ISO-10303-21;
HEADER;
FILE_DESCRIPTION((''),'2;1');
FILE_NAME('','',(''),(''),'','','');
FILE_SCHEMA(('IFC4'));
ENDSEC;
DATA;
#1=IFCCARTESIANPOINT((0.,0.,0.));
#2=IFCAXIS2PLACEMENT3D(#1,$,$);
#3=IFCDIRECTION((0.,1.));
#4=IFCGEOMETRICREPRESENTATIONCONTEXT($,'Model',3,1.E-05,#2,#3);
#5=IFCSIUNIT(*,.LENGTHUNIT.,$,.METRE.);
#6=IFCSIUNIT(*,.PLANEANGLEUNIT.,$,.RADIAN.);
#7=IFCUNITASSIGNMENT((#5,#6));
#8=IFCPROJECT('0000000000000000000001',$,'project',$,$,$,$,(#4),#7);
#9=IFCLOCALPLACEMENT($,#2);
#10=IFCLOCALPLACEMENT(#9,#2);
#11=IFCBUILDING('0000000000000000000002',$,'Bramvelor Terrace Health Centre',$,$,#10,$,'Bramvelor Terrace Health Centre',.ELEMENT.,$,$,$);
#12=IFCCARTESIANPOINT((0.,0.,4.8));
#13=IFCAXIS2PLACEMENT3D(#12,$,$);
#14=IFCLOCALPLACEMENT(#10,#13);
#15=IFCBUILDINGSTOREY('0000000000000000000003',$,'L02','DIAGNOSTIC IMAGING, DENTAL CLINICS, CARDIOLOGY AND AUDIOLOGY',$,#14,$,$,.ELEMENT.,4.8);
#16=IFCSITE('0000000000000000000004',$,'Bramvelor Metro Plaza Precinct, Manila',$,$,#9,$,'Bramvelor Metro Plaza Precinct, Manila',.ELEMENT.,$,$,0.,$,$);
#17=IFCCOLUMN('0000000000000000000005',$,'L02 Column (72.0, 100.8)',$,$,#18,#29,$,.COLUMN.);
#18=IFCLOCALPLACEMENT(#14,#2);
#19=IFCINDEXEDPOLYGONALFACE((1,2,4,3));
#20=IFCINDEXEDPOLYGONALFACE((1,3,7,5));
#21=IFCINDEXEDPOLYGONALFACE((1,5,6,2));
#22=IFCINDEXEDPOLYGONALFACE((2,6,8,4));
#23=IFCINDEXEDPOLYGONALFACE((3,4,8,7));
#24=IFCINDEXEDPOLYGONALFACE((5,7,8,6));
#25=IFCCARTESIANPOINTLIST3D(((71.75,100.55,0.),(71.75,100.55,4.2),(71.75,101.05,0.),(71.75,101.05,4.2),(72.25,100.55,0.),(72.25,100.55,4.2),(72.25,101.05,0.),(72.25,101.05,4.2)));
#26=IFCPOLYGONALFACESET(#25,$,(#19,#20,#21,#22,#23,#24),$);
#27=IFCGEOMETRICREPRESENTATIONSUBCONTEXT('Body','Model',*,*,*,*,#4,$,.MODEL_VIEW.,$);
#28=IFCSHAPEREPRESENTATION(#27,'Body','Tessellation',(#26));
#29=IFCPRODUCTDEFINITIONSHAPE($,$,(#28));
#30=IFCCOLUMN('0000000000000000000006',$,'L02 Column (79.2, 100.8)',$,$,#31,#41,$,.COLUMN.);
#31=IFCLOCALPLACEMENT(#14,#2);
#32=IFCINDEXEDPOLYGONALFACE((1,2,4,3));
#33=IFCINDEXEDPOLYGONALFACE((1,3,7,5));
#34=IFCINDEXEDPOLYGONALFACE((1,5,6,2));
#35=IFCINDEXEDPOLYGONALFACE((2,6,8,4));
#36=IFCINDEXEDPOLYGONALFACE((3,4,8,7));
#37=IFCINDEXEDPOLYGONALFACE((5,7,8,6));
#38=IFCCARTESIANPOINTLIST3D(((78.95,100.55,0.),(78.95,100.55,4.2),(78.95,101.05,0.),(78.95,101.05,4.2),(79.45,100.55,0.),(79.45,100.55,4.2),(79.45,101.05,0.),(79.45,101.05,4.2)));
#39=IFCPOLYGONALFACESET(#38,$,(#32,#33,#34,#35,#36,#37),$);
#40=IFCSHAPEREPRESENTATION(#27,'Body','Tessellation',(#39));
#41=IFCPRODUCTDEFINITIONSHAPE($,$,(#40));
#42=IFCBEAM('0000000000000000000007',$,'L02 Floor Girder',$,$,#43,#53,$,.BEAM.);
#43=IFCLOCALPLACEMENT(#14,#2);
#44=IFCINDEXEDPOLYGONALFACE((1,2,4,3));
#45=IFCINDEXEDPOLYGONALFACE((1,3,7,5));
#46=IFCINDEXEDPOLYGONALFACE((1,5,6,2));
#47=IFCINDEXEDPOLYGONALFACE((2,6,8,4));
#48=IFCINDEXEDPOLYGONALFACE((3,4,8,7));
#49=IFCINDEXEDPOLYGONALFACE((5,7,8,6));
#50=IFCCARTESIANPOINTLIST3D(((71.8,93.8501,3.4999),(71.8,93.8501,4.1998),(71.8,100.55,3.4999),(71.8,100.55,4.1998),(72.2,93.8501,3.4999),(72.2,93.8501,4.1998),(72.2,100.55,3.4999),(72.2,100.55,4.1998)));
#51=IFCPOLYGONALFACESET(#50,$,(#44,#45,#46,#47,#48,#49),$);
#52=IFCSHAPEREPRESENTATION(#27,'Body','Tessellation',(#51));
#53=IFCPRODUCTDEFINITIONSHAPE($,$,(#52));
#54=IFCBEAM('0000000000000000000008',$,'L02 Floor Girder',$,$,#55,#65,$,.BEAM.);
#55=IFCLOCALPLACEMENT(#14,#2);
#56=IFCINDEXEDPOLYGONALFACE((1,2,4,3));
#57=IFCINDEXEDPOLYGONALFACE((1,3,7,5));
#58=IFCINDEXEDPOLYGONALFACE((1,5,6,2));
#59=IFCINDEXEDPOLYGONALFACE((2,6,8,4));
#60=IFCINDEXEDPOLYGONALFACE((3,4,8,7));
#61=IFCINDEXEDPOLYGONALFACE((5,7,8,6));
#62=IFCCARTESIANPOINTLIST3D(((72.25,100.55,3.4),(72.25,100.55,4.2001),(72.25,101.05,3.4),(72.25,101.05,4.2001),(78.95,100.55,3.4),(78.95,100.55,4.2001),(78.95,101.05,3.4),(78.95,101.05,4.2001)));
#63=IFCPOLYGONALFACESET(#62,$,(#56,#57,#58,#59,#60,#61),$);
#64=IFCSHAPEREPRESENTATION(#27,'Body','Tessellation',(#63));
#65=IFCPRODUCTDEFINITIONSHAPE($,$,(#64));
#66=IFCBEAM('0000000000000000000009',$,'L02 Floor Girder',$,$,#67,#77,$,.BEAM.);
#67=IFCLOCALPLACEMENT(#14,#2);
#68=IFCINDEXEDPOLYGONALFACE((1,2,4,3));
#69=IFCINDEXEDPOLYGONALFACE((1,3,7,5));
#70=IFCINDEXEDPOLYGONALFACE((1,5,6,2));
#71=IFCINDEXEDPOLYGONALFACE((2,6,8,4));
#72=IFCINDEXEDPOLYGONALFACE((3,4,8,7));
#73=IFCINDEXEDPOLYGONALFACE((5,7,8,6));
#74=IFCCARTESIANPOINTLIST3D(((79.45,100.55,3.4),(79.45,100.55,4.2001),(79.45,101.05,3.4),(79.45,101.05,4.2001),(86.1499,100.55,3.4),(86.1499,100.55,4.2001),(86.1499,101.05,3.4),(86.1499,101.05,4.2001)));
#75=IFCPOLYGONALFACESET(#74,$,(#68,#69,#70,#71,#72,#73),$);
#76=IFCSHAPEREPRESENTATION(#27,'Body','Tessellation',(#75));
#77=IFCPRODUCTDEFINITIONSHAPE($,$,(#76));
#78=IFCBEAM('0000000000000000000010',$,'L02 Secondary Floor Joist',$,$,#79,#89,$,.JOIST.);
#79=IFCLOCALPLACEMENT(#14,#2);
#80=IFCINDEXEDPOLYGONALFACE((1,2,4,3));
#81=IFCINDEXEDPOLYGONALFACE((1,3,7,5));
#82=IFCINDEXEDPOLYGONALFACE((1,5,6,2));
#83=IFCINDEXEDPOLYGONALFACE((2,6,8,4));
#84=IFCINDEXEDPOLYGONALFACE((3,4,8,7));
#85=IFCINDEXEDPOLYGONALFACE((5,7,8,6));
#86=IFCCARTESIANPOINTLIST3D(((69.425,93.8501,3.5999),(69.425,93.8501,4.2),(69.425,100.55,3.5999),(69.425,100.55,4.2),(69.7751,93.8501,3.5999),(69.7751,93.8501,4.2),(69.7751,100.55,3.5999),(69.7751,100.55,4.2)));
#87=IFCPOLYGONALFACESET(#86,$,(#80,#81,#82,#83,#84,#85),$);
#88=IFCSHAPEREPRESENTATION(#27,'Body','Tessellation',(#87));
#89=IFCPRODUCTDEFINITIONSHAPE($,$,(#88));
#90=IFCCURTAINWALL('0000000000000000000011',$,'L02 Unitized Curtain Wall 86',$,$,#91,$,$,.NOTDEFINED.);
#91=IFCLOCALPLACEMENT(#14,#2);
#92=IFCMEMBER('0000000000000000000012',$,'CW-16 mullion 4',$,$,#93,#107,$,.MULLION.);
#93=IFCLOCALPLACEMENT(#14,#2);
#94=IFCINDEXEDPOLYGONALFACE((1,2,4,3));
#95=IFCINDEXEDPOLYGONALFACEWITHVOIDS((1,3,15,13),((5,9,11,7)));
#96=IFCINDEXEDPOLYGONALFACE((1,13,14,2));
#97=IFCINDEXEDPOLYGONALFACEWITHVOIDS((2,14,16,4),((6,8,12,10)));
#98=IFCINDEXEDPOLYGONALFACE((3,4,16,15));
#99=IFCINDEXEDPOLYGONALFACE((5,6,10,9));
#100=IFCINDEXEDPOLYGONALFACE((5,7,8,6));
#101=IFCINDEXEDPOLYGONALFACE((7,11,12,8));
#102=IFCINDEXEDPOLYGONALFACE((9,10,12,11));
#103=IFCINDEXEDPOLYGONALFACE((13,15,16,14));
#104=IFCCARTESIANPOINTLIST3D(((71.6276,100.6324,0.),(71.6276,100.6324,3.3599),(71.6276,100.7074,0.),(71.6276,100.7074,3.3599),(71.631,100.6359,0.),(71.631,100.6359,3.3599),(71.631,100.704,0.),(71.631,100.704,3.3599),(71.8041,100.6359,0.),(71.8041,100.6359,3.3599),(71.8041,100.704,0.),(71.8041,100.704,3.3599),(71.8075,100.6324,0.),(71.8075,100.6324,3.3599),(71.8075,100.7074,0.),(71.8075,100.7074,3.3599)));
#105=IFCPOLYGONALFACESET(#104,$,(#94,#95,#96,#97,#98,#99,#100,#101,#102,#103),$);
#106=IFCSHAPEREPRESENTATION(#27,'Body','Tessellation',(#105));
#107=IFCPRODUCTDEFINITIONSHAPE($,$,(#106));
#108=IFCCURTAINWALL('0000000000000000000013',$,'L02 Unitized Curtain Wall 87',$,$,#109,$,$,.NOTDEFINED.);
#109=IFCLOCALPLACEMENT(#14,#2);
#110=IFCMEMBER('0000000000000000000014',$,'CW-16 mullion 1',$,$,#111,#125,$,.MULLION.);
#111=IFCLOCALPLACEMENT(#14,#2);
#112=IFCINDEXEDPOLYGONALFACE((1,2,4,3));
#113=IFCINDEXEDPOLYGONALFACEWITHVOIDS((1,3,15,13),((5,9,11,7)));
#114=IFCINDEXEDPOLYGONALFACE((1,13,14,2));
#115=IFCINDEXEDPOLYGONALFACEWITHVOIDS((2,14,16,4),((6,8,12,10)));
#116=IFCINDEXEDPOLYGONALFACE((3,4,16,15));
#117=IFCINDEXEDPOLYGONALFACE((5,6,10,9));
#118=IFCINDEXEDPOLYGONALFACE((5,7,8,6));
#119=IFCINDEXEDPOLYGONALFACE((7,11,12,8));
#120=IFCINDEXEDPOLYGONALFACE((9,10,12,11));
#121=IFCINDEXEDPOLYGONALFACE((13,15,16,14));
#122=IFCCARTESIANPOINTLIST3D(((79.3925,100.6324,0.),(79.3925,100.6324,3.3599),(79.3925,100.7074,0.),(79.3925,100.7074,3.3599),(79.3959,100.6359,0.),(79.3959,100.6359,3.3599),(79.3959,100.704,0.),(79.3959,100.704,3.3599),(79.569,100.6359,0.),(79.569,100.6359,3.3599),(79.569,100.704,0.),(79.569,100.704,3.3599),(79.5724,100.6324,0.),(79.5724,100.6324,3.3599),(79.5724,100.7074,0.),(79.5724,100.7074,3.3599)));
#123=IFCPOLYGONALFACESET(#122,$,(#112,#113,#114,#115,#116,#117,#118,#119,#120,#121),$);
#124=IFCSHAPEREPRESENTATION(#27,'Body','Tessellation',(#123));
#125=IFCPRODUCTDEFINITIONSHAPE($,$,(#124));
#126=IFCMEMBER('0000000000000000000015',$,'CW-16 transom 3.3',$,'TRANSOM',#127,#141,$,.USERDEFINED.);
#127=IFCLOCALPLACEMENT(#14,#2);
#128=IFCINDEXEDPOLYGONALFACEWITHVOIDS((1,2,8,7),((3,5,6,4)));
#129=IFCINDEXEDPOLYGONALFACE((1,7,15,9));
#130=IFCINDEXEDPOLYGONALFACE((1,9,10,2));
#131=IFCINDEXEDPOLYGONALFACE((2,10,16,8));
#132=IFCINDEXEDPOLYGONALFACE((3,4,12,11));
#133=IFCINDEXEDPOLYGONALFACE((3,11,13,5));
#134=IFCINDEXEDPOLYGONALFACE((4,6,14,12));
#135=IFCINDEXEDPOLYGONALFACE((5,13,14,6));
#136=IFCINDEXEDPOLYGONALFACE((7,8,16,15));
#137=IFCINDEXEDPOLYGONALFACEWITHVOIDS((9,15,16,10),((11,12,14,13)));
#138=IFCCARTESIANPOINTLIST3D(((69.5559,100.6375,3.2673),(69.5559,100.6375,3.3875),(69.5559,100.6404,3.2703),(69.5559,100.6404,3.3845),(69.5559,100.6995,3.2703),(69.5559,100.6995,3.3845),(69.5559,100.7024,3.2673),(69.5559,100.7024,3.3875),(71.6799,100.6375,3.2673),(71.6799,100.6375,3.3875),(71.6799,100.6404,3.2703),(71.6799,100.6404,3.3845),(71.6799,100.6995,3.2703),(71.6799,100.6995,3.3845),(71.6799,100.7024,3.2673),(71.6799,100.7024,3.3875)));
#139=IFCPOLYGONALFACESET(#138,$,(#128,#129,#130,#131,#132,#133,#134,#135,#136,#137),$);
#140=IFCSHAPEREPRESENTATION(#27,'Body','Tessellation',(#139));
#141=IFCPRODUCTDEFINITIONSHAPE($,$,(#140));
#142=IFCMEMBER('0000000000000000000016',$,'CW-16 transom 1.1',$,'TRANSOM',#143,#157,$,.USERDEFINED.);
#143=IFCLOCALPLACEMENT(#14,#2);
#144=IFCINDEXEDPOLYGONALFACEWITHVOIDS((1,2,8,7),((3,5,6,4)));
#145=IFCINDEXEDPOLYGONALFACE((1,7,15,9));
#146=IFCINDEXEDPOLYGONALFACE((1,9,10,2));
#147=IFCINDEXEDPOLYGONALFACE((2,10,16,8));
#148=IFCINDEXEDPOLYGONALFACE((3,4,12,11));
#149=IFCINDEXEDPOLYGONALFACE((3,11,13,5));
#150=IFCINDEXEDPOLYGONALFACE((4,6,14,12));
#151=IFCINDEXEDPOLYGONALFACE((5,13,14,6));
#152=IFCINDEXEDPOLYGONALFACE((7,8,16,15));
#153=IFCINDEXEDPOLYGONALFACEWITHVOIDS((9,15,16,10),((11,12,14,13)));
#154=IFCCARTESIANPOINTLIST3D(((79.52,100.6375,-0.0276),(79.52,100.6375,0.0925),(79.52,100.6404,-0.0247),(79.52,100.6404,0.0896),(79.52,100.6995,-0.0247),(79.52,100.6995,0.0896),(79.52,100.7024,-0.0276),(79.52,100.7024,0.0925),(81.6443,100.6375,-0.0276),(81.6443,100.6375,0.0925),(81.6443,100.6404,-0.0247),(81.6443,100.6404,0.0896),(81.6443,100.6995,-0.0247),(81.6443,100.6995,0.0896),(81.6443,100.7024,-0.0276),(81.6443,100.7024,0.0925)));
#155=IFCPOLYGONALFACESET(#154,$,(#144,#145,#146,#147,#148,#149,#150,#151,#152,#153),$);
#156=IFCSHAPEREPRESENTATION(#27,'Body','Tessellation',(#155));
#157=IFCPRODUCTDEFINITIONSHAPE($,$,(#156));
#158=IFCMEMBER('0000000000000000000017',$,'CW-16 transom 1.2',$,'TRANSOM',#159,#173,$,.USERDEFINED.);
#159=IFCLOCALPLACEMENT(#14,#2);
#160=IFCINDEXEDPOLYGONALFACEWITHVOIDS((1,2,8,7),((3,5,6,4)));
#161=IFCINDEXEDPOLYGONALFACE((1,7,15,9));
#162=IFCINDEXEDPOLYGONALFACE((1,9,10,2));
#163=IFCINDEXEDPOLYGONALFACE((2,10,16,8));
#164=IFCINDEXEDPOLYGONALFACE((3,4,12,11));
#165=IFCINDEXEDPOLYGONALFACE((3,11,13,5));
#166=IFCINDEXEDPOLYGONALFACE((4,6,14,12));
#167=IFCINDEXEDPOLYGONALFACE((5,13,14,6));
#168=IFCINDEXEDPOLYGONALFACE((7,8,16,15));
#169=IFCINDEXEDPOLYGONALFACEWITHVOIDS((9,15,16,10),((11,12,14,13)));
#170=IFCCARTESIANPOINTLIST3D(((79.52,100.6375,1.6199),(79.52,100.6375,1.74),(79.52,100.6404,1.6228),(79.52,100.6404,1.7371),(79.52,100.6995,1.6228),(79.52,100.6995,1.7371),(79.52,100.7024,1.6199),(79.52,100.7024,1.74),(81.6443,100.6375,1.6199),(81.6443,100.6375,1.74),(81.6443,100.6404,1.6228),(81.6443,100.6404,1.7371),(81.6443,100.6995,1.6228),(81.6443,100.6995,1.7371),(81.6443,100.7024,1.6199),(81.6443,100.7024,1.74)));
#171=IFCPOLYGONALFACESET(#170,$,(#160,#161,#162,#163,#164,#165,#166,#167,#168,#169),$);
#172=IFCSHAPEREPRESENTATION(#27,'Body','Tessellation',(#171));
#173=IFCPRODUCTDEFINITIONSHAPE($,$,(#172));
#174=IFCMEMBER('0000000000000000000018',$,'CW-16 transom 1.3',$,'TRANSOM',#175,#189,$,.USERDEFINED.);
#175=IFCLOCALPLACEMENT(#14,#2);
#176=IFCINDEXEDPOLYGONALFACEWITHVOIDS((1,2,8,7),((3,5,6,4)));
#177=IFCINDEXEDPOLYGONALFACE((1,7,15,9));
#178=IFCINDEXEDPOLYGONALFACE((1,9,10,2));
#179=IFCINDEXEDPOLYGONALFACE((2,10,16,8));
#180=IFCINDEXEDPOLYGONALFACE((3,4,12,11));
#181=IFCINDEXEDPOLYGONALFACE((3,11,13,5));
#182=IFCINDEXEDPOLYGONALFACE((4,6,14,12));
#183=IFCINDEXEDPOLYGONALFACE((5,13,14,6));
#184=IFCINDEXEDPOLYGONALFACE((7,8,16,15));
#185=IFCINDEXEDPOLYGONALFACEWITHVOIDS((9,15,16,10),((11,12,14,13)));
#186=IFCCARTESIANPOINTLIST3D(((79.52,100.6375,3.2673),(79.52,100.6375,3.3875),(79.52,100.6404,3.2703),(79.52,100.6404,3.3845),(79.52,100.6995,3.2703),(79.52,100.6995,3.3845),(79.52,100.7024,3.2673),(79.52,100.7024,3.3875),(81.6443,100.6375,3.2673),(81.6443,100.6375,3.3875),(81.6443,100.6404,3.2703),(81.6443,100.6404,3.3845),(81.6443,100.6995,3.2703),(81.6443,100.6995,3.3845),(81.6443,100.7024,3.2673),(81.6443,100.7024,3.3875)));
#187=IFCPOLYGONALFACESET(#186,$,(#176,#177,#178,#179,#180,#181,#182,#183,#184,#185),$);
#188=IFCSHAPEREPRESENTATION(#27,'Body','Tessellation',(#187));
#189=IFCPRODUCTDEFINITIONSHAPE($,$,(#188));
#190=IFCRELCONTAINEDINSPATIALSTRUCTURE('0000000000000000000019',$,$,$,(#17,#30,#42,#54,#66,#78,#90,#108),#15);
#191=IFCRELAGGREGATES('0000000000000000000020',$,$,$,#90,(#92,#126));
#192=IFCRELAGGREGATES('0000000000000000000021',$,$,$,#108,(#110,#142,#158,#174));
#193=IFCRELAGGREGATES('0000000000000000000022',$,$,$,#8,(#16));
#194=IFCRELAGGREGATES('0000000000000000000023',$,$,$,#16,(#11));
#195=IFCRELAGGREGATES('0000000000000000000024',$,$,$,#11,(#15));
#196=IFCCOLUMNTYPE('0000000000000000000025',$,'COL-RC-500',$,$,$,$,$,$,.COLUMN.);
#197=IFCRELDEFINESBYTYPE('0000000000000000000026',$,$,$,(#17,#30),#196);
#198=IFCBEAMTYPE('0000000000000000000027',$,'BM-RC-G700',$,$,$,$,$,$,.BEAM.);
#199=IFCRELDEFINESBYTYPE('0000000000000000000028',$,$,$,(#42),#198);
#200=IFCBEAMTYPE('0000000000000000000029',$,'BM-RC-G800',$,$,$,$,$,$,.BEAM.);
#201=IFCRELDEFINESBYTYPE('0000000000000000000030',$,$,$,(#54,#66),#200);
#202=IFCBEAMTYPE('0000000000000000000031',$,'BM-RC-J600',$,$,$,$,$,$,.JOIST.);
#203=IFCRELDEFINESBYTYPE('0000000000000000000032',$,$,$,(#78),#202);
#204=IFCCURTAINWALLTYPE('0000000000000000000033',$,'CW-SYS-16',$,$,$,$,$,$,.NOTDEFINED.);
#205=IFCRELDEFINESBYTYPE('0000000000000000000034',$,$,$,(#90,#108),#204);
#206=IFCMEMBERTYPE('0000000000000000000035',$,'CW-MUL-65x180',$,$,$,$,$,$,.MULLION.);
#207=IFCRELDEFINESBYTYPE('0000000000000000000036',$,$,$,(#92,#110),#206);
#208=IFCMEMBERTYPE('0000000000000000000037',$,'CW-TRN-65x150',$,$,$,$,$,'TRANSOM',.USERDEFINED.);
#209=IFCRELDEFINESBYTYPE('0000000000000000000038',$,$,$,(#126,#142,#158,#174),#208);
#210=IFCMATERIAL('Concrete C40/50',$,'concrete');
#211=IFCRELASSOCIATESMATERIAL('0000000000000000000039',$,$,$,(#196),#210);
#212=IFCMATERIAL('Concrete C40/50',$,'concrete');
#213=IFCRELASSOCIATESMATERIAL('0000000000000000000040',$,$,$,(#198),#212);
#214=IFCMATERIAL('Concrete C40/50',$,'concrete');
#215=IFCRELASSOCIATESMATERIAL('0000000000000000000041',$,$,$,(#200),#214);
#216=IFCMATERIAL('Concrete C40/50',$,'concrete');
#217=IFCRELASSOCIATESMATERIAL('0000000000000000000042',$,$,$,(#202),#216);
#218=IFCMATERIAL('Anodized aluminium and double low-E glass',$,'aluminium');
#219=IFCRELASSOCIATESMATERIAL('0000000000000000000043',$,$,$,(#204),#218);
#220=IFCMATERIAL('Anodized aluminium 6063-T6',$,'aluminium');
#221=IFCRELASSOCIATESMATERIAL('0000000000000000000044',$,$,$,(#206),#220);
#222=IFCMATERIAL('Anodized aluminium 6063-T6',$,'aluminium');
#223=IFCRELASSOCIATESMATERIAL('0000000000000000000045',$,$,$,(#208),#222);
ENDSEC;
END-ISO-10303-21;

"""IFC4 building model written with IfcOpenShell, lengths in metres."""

from ifc_helpers import new_model, si_unit, direction, frame, origin, origin_2d, place, context, subcontext, project, spatial, rectangle, hollow_rectangle, extrude, material, material_profile, profile_set, type_object, element, aggregate, save


model = new_model("IFC4")

# Units and contexts
model_context = context("Model", 3, precision=1e-05, world=origin(), true_north=direction((0.0, 1.0)))
body_context = subcontext(model_context, "Body", "Model", "MODEL_VIEW")
ifc_project = project(units=[si_unit("LENGTHUNIT", "METRE"), si_unit("PLANEANGLEUNIT", "RADIAN")], contexts=[model_context])

# Site, building, storey
site_placement = place(None, origin())
site = spatial("IfcSite", under=ifc_project, at=site_placement, Name="Bramvelor Metro Plaza Precinct, Manila", LongName="Bramvelor Metro Plaza Precinct, Manila", CompositionType="ELEMENT", RefElevation=0.0)
building_placement = place(site_placement, origin())
building = spatial("IfcBuilding", under=site, at=building_placement, Name="Bramvelor Terrace Health Centre", LongName="Bramvelor Terrace Health Centre", CompositionType="ELEMENT")
storey_placement = place(building_placement, frame((0.0, 0.0, 4.8)))
storey = spatial("IfcBuildingStorey", under=building, at=storey_placement, Name="L02", Description="DIAGNOSTIC IMAGING, DENTAL CLINICS, CARDIOLOGY AND AUDIOLOGY", CompositionType="ELEMENT", Elevation=4.8)

# Columns
ifc_material_1 = material(Name="Concrete C40/50", Category="concrete")
ifc_material_profile_1 = material_profile(ifc_material_1, rectangle(XDim=0.5, YDim=0.5, at=origin_2d()), Name="RC 500x500")
ifc_profile_set_1 = profile_set([ifc_material_profile_1], Name="Concrete C40/50")
column_type = type_object("IfcColumnType", Name="COL-RC-500", PredefinedType="COLUMN", material=ifc_profile_set_1)
for number, where, z_axis, x_axis, name in (
    (1, (72.0, 100.8, 0.0), (0.0, 0.0, 1.0), (1.0, 0.0, 0.0), "L02 Column (72.0, 100.8)"),
    (2, (79.2, 100.8, 0.0), (0.0, 0.0, 1.0), (1.0, 0.0, 0.0), "L02 Column (79.2, 100.8)"),
):
    element("IfcColumn", number, at=place(storey_placement, frame(where, z_axis=z_axis, x_axis=x_axis)), inside=storey, type_object=column_type, Name=name, PredefinedType="COLUMN", context=body_context, shape_type="SweptSolid", body=[
        extrude(rectangle(XDim=0.5, YDim=0.5, at=origin_2d()), origin(), (0.0, 0.0, 1.0), 4.2),
    ])

# Beams
ifc_material_2 = material(Name="Concrete C40/50", Category="concrete")
ifc_material_profile_2 = material_profile(ifc_material_2, rectangle(XDim=0.3999, YDim=0.7, at=origin_2d()), Name="RC 400x700")
ifc_profile_set_2 = profile_set([ifc_material_profile_2], Name="Concrete C40/50")
beam_type_1 = type_object("IfcBeamType", Name="BM-RC-G700", PredefinedType="BEAM", material=ifc_profile_set_2)
beam_1_placement = place(storey_placement, frame((72.0, 93.8501, 3.8499), z_axis=(0.0, 1.0, 0.0), x_axis=(-1.0, 0.0, 0.0)))
element("IfcBeam", 3, at=beam_1_placement, inside=storey, type_object=beam_type_1, Name="L02 Floor Girder", PredefinedType="BEAM", context=body_context, shape_type="SweptSolid", body=[
    extrude(rectangle(XDim=0.3999, YDim=0.7, at=origin_2d()), origin(), (0.0, 0.0, 1.0), 6.7),
])
ifc_material_3 = material(Name="Concrete C40/50", Category="concrete")
ifc_material_profile_3 = material_profile(ifc_material_3, rectangle(XDim=0.5, YDim=0.8, at=origin_2d()), Name="RC 500x800")
ifc_profile_set_3 = profile_set([ifc_material_profile_3], Name="Concrete C40/50")
beam_type_2 = type_object("IfcBeamType", Name="BM-RC-G800", PredefinedType="BEAM", material=ifc_profile_set_3)
for number, where, z_axis, x_axis, name in (
    (4, (72.25, 100.8, 3.8), (1.0, 0.0, 0.0), (0.0, 1.0, 0.0), "L02 Floor Girder"),
    (5, (79.45, 100.8, 3.8), (1.0, 0.0, 0.0), (0.0, 1.0, 0.0), "L02 Floor Girder"),
):
    element("IfcBeam", number, at=place(storey_placement, frame(where, z_axis=z_axis, x_axis=x_axis)), inside=storey, type_object=beam_type_2, Name=name, PredefinedType="BEAM", context=body_context, shape_type="SweptSolid", body=[
        extrude(rectangle(XDim=0.5, YDim=0.8, at=origin_2d()), origin(), (0.0, 0.0, 1.0), 6.7),
    ])
ifc_material_4 = material(Name="Concrete C40/50", Category="concrete")
ifc_material_profile_4 = material_profile(ifc_material_4, rectangle(XDim=0.3501, YDim=0.6001, at=origin_2d()), Name="RC 350x600")
ifc_profile_set_4 = profile_set([ifc_material_profile_4], Name="Concrete C40/50")
beam_type_3 = type_object("IfcBeamType", Name="BM-RC-J600", PredefinedType="JOIST", material=ifc_profile_set_4)
beam_2_placement = place(storey_placement, frame((69.6001, 93.8501, 3.8999), z_axis=(0.0, 1.0, 0.0), x_axis=(-1.0, 0.0, 0.0)))
element("IfcBeam", 6, at=beam_2_placement, inside=storey, type_object=beam_type_3, Name="L02 Secondary Floor Joist", PredefinedType="JOIST", context=body_context, shape_type="SweptSolid", body=[
    extrude(rectangle(XDim=0.3501, YDim=0.6001, at=origin_2d()), origin(), (0.0, 0.0, 1.0), 6.7),
])

# Curtain walls, members
ifc_material_5 = material(Name="Anodized aluminium and double low-E glass", Category="aluminium")
curtain_wall_type = type_object("IfcCurtainWallType", Name="CW-SYS-16", PredefinedType="NOTDEFINED", material=ifc_material_5)
curtain_wall_1_placement = place(storey_placement, origin())
curtain_wall_1 = element("IfcCurtainWall", 7, at=curtain_wall_1_placement, inside=storey, type_object=curtain_wall_type, Name="L02 Unitized Curtain Wall 86", PredefinedType="NOTDEFINED")
ifc_material_6 = material(Name="Anodized aluminium 6063-T6", Category="aluminium")
ifc_material_profile_5 = material_profile(ifc_material_6, hollow_rectangle(XDim=0.075, YDim=0.1799, WallThickness=0.0034, at=origin_2d()), Name="ALU-MUL 75x180x3.5")
ifc_profile_set_5 = profile_set([ifc_material_profile_5], Name="Anodized aluminium 6063-T6")
member_type_1 = type_object("IfcMemberType", Name="CW-MUL-65x180", PredefinedType="MULLION", material=ifc_profile_set_5)
member_1_placement = place(storey_placement, frame((71.7175, 100.6699, 0.0), z_axis=(0.0, 0.0, 1.0), x_axis=(0.0, 1.0, 0.0)))
member_1 = element("IfcMember", 8, at=member_1_placement, type_object=member_type_1, Name="CW-16 mullion 4", PredefinedType="MULLION", context=body_context, shape_type="SweptSolid", body=[
    extrude(hollow_rectangle(XDim=0.075, YDim=0.1799, WallThickness=0.0034, at=origin_2d()), origin(), (0.0, 0.0, 1.0), 3.3599),
])
curtain_wall_2_placement = place(storey_placement, origin())
curtain_wall_2 = element("IfcCurtainWall", 9, at=curtain_wall_2_placement, inside=storey, type_object=curtain_wall_type, Name="L02 Unitized Curtain Wall 87", PredefinedType="NOTDEFINED")
member_2_placement = place(storey_placement, frame((79.4824, 100.6699, 0.0), z_axis=(0.0, 0.0, 1.0), x_axis=(0.0, 1.0, 0.0)))
member_2 = element("IfcMember", 10, at=member_2_placement, type_object=member_type_1, Name="CW-16 mullion 1", PredefinedType="MULLION", context=body_context, shape_type="SweptSolid", body=[
    extrude(hollow_rectangle(XDim=0.075, YDim=0.1799, WallThickness=0.0034, at=origin_2d()), origin(), (0.0, 0.0, 1.0), 3.3599),
])

# Members
ifc_material_7 = material(Name="Anodized aluminium 6063-T6", Category="aluminium")
ifc_material_profile_6 = material_profile(ifc_material_7, hollow_rectangle(XDim=0.0649, YDim=0.1201, WallThickness=0.0029, at=origin_2d()), Name="ALU-TRN 65x120x3.0")
ifc_profile_set_6 = profile_set([ifc_material_profile_6], Name="Anodized aluminium 6063-T6")
member_type_2 = type_object("IfcMemberType", Name="CW-TRN-65x150", ElementType="TRANSOM", PredefinedType="USERDEFINED", material=ifc_profile_set_6)
member_3_placement = place(storey_placement, frame((69.5559, 100.6699, 3.3274), z_axis=(1.0, 0.0, 0.0), x_axis=(0.0, 1.0, 0.0)))
member_3 = element("IfcMember", 11, at=member_3_placement, type_object=member_type_2, Name="CW-16 transom 3.3", ObjectType="TRANSOM", PredefinedType="USERDEFINED", context=body_context, shape_type="SweptSolid", body=[
    extrude(hollow_rectangle(XDim=0.0649, YDim=0.1201, WallThickness=0.0029, at=origin_2d()), origin(), (0.0, 0.0, 1.0), 2.124),
])
member_4_placement = place(storey_placement, frame((79.52, 100.6699, 0.0325), z_axis=(1.0, 0.0, 0.0), x_axis=(0.0, 1.0, 0.0)))
member_4 = element("IfcMember", 12, at=member_4_placement, type_object=member_type_2, Name="CW-16 transom 1.1", ObjectType="TRANSOM", PredefinedType="USERDEFINED", context=body_context, shape_type="SweptSolid", body=[
    extrude(hollow_rectangle(XDim=0.0649, YDim=0.1201, WallThickness=0.0029, at=origin_2d()), origin(), (0.0, 0.0, 1.0), 2.1243),
])
member_5_placement = place(storey_placement, frame((79.52, 100.6699, 1.6799), z_axis=(1.0, 0.0, 0.0), x_axis=(0.0, 1.0, 0.0)))
member_5 = element("IfcMember", 13, at=member_5_placement, type_object=member_type_2, Name="CW-16 transom 1.2", ObjectType="TRANSOM", PredefinedType="USERDEFINED", context=body_context, shape_type="SweptSolid", body=[
    extrude(hollow_rectangle(XDim=0.0649, YDim=0.1201, WallThickness=0.0029, at=origin_2d()), origin(), (0.0, 0.0, 1.0), 2.1243),
])
member_6_placement = place(storey_placement, frame((79.52, 100.6699, 3.3274), z_axis=(1.0, 0.0, 0.0), x_axis=(0.0, 1.0, 0.0)))
member_6 = element("IfcMember", 14, at=member_6_placement, type_object=member_type_2, Name="CW-16 transom 1.3", ObjectType="TRANSOM", PredefinedType="USERDEFINED", context=body_context, shape_type="SweptSolid", body=[
    extrude(hollow_rectangle(XDim=0.0649, YDim=0.1201, WallThickness=0.0029, at=origin_2d()), origin(), (0.0, 0.0, 1.0), 2.1243),
])

aggregate(curtain_wall_1, [member_1, member_3])
aggregate(curtain_wall_2, [member_2, member_4, member_5, member_6])

save(model, "model.ifc")
